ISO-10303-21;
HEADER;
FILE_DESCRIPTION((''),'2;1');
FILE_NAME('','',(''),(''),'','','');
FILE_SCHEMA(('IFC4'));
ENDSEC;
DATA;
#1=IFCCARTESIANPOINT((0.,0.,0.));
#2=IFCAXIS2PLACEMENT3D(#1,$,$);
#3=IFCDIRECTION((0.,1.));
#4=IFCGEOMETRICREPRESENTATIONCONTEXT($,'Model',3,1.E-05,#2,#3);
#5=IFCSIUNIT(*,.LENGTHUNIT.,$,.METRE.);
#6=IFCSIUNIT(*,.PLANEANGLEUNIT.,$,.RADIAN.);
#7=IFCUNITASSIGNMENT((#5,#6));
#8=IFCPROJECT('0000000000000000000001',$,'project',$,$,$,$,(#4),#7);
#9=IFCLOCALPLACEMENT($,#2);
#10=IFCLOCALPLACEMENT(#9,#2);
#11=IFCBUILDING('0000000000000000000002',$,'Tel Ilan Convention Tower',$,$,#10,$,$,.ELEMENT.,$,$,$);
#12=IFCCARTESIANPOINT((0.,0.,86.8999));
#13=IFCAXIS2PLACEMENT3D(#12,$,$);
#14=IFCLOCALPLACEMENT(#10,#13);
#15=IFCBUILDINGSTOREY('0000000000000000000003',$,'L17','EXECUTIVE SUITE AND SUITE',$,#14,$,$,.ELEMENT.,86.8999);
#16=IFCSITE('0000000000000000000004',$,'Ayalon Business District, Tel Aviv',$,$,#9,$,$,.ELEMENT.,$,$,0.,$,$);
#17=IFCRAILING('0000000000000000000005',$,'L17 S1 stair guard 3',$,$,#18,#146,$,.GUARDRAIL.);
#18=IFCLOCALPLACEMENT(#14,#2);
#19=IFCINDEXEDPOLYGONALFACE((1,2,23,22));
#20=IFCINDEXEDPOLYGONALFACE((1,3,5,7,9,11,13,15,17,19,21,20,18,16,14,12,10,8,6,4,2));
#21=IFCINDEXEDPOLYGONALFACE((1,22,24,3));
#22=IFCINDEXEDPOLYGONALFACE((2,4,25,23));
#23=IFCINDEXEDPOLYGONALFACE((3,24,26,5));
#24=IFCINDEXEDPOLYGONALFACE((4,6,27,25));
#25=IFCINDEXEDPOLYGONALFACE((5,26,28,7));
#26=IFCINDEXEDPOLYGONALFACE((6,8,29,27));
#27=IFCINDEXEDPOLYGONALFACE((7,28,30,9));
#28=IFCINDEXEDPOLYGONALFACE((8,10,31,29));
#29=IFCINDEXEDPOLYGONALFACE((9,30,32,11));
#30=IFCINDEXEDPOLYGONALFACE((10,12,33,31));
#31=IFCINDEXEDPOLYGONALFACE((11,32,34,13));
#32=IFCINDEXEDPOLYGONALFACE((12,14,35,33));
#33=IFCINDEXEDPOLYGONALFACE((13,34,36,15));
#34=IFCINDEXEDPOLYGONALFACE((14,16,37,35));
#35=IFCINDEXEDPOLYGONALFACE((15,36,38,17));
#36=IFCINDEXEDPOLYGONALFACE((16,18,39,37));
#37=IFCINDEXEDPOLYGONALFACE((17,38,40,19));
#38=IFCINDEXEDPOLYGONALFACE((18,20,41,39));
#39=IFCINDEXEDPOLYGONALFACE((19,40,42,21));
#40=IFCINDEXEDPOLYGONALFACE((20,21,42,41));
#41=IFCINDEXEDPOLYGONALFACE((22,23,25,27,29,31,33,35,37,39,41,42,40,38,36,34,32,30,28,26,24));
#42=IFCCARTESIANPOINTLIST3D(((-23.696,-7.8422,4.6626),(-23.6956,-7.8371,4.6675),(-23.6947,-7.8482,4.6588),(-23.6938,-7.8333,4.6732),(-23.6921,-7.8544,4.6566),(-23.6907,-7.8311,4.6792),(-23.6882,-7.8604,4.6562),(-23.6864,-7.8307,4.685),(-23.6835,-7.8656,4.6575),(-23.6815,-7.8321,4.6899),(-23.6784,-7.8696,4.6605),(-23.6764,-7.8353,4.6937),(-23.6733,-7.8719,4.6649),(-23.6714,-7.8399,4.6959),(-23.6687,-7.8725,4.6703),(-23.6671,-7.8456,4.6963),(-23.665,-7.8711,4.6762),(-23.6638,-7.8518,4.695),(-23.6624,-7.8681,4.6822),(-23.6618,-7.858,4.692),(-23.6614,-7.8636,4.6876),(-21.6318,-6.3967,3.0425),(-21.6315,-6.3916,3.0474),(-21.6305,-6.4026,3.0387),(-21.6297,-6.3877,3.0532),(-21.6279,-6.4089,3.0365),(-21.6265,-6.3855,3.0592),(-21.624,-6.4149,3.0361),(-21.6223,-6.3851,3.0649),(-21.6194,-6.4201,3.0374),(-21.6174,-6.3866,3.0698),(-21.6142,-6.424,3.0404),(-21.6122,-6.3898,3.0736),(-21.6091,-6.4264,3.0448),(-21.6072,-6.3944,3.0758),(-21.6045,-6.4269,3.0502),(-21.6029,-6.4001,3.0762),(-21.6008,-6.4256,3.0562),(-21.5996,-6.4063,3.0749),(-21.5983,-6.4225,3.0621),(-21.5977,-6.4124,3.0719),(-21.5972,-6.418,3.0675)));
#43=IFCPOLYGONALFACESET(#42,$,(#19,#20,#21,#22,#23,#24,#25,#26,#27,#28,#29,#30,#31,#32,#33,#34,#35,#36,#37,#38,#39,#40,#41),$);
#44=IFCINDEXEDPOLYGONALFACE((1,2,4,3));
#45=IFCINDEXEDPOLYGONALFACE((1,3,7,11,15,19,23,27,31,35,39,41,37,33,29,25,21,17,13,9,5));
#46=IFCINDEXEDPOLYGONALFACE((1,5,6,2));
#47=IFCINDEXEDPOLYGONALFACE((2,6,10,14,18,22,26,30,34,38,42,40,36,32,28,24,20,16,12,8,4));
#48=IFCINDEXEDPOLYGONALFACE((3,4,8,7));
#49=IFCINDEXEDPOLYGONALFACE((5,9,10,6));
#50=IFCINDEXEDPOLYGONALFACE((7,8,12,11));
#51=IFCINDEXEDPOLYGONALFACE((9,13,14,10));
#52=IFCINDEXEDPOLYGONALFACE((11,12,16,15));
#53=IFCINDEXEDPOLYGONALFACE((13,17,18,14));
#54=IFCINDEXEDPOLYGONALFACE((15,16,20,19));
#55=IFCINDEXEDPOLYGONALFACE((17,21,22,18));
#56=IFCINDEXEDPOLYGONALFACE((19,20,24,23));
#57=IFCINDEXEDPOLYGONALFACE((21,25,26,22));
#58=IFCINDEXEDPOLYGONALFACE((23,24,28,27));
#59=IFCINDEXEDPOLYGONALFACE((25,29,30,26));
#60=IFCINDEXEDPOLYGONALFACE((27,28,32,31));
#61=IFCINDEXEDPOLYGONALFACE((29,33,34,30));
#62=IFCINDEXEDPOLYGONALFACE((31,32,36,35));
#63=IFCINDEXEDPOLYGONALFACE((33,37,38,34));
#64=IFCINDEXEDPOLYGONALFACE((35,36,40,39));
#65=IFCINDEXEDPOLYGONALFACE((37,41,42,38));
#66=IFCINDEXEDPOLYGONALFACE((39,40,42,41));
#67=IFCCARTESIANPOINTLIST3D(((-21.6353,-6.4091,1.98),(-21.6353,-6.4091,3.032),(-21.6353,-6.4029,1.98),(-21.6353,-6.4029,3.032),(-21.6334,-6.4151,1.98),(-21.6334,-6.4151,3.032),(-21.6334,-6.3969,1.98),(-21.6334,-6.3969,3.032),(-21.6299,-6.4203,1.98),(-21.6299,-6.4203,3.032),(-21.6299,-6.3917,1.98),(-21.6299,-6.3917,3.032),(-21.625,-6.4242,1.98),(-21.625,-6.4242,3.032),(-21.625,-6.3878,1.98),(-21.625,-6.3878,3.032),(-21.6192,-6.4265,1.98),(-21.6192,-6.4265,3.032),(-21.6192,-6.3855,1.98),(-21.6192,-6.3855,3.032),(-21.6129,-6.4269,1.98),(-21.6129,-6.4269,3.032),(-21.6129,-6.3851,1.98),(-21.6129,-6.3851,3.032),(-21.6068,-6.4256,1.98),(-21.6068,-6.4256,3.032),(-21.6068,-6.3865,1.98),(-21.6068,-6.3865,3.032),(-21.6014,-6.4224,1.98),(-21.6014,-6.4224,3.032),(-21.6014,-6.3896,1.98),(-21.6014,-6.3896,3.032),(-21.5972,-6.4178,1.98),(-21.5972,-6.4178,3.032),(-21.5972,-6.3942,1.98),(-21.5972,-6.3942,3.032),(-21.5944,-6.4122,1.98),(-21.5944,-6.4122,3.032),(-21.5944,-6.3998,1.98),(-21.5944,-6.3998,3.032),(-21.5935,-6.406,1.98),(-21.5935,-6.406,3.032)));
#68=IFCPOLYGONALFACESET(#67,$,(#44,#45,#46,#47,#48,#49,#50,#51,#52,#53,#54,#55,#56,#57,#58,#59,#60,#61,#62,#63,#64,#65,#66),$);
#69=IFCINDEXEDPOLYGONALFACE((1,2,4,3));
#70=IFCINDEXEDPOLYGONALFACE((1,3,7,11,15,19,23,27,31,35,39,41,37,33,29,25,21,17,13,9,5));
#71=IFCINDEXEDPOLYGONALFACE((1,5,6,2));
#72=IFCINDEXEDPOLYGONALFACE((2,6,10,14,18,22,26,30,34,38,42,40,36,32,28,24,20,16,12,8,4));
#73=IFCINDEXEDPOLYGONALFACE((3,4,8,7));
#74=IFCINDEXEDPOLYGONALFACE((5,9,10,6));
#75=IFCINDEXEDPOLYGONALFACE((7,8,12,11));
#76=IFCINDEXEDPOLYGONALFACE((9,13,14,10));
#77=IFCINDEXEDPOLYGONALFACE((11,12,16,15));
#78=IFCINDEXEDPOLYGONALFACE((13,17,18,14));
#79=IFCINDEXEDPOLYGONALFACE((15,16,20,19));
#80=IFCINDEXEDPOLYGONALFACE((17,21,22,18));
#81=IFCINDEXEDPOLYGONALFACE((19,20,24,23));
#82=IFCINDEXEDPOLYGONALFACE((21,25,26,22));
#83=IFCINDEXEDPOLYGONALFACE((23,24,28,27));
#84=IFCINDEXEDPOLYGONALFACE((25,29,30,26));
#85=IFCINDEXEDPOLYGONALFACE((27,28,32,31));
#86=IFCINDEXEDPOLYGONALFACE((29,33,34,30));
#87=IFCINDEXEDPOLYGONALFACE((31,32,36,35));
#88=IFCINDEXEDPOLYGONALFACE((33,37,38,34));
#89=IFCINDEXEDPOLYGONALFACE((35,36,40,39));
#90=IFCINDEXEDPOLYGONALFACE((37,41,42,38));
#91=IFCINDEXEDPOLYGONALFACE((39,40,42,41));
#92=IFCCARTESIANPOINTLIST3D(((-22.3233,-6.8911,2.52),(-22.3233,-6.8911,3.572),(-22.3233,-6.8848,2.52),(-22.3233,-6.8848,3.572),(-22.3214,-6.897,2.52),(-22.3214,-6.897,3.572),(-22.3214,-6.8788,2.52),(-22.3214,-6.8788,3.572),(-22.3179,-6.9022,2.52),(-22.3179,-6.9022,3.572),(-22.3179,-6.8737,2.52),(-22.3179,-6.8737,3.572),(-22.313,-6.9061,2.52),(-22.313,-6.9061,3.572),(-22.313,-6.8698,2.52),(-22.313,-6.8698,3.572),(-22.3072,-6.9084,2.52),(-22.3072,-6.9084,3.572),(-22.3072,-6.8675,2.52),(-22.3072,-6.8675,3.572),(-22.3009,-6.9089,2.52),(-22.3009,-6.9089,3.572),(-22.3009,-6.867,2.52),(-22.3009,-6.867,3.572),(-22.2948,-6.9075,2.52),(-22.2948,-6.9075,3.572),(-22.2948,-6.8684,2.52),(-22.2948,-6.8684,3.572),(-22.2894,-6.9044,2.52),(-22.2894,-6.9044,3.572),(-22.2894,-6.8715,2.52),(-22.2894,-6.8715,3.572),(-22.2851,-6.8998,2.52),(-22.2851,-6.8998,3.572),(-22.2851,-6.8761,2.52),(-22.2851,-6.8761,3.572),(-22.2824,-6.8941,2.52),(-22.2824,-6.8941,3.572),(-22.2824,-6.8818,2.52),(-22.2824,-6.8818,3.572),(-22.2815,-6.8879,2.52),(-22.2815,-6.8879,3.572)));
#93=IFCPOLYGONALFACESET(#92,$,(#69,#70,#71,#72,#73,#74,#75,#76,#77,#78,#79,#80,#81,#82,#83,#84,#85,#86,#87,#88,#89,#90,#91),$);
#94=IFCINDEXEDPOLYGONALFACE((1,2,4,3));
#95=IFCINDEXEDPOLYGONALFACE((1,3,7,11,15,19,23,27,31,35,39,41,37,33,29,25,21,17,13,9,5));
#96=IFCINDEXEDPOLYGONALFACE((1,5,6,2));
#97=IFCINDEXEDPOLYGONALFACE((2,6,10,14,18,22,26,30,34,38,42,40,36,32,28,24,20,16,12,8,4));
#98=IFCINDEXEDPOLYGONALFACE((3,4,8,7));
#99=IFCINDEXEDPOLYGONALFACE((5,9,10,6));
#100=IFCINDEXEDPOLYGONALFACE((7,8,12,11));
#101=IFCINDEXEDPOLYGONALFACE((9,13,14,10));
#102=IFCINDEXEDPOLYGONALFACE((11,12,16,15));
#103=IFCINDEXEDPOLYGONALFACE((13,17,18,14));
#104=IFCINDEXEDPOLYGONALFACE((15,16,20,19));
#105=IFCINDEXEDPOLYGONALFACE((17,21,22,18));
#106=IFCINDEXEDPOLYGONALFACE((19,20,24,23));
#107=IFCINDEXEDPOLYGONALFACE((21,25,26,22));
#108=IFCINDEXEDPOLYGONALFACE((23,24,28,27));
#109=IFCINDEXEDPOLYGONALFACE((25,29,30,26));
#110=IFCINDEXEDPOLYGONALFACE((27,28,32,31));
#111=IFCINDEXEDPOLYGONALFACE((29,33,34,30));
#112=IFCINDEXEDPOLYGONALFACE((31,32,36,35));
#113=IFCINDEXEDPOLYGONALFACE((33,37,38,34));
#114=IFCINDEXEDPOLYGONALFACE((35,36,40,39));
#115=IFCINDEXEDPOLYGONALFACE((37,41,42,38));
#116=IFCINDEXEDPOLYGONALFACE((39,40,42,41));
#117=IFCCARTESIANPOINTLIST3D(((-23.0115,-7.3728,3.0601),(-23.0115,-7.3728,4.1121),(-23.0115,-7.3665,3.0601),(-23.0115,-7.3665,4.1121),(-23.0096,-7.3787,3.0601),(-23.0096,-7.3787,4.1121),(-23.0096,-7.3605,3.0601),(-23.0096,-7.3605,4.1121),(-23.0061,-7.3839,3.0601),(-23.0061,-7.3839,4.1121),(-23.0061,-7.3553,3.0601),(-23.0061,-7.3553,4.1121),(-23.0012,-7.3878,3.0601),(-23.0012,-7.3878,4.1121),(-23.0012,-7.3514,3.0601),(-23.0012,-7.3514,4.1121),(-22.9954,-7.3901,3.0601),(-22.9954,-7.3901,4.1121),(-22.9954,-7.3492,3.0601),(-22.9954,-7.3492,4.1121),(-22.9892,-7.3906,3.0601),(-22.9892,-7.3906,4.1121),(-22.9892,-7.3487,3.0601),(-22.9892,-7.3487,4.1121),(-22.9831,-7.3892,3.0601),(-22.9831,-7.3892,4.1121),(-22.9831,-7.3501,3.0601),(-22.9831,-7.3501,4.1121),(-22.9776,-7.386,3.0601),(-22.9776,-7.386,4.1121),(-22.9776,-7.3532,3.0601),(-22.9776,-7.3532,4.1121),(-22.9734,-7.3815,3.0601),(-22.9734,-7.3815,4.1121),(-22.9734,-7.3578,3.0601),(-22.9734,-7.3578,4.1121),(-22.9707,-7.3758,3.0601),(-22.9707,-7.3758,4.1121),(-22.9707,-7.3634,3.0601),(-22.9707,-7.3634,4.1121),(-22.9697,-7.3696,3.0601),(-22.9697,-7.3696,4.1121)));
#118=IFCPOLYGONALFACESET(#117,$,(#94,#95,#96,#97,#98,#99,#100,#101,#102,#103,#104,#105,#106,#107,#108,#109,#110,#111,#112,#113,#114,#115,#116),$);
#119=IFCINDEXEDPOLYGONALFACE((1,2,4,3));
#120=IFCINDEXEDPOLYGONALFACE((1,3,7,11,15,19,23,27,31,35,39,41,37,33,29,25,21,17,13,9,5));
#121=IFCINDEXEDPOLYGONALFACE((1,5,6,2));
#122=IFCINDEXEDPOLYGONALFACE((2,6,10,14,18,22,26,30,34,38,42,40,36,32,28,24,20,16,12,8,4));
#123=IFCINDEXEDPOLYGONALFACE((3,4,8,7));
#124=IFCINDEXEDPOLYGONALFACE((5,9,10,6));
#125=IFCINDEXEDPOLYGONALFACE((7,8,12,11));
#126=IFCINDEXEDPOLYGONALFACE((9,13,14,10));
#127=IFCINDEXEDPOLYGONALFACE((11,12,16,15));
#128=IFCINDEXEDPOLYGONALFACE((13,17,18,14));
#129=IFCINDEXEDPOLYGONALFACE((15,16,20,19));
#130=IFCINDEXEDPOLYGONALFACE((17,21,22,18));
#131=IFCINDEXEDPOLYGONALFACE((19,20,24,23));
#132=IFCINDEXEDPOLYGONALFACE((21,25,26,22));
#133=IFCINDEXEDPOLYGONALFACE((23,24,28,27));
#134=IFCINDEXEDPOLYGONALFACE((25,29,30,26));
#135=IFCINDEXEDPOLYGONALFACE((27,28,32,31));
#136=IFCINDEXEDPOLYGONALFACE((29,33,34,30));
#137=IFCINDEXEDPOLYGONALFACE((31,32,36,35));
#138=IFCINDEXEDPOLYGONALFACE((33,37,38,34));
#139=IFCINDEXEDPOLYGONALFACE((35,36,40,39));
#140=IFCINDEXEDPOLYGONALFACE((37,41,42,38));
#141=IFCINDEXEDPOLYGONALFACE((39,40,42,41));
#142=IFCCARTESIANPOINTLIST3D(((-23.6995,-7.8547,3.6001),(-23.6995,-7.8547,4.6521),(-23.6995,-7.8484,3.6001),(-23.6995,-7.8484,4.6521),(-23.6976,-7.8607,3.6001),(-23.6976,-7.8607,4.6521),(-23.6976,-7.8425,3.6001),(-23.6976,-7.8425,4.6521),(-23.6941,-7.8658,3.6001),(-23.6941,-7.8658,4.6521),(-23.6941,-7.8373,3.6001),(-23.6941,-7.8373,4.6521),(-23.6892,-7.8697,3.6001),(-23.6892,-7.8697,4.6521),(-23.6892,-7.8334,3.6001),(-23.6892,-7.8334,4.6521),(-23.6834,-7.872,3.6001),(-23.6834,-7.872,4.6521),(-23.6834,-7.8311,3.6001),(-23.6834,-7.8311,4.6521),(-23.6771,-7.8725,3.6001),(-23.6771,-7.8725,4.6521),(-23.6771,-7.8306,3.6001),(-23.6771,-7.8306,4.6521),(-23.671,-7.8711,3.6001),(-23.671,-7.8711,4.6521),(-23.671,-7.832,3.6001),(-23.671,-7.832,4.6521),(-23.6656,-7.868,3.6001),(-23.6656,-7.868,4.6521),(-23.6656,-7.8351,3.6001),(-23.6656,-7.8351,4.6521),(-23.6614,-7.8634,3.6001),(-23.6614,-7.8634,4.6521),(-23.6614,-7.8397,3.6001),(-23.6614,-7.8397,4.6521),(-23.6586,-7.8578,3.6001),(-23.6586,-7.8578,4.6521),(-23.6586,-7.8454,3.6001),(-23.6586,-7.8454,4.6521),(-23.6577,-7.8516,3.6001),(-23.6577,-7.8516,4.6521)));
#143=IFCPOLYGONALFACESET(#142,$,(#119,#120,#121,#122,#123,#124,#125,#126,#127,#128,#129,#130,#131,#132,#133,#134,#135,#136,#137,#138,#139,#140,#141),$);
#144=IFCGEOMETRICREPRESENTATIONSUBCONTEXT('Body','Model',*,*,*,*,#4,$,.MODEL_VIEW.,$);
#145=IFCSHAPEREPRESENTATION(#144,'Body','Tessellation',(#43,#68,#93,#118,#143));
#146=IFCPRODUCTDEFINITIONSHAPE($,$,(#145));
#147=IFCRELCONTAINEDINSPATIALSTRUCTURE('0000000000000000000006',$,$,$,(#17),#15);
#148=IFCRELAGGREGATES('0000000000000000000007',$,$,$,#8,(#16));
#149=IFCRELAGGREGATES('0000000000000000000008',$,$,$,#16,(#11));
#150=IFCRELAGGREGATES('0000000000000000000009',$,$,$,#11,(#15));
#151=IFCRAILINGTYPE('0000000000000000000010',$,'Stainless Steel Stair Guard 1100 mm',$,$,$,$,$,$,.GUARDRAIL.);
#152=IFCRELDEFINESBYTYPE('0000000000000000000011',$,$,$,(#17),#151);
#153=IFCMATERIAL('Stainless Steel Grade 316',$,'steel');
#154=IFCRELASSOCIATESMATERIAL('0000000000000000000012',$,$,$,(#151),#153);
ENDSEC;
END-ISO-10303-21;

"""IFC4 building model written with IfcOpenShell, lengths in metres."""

from ifc_helpers import new_model, si_unit, direction, frame, origin, origin_2d, place, context, subcontext, project, spatial, circle, extrude, material, type_object, element, save


model = new_model("IFC4")

# Units and contexts
model_context = context("Model", 3, precision=1e-05, world=origin(), true_north=direction((0.0, 1.0)))
body_context = subcontext(model_context, "Body", "Model", "MODEL_VIEW")
ifc_project = project(units=[si_unit("LENGTHUNIT", "METRE"), si_unit("PLANEANGLEUNIT", "RADIAN")], contexts=[model_context])

# Site, building, storey
site_placement = place(None, origin())
site = spatial("IfcSite", under=ifc_project, at=site_placement, Name="Ayalon Business District, Tel Aviv", CompositionType="ELEMENT", RefElevation=0.0)
building_placement = place(site_placement, origin())
building = spatial("IfcBuilding", under=site, at=building_placement, Name="Tel Ilan Convention Tower", CompositionType="ELEMENT")
storey_placement = place(building_placement, frame((0.0, 0.0, 86.8999)))
storey = spatial("IfcBuildingStorey", under=building, at=storey_placement, Name="L17", Description="EXECUTIVE SUITE AND SUITE", CompositionType="ELEMENT", Elevation=86.8999)

# Railing
ifc_material_1 = material(Name="Stainless Steel Grade 316", Category="steel")
railing_type_1 = type_object("IfcRailingType", Name="Stainless Steel Stair Guard 1100 mm", PredefinedType="GUARDRAIL", material=ifc_material_1)
railing_1_placement = place(storey_placement, frame((-21.6145, -6.406, 1.98)))
element("IfcRailing", 1, at=railing_1_placement, inside=storey, type_object=railing_type_1, Name="L17 S1 stair guard 3", PredefinedType="GUARDRAIL", context=body_context, shape_type="SweptSolid", body=[
    extrude(circle(Radius=0.0239, at=origin_2d()), frame((0.0, 0.0, 1.0762), z_axis=(-0.689013, -0.482513, 0.540779), x_axis=(0.573625, -0.819118, 0.0)), (0.0, 0.0, 1.0), 2.9958),
    extrude(circle(Radius=0.021, at=origin_2d()), origin(), (0.0, 0.0, 1.0), 1.052),
    extrude(circle(Radius=0.021, at=origin_2d()), frame((-0.688, -0.4819, 0.54)), (0.0, 0.0, 1.0), 1.052),
    extrude(circle(Radius=0.021, at=origin_2d()), frame((-1.3762, -0.9636, 1.0801)), (0.0, 0.0, 1.0), 1.052),
    extrude(circle(Radius=0.021, at=origin_2d()), frame((-2.0642, -1.4456, 1.6201)), (0.0, 0.0, 1.0), 1.052),
])

save(model, "model.ifc")
